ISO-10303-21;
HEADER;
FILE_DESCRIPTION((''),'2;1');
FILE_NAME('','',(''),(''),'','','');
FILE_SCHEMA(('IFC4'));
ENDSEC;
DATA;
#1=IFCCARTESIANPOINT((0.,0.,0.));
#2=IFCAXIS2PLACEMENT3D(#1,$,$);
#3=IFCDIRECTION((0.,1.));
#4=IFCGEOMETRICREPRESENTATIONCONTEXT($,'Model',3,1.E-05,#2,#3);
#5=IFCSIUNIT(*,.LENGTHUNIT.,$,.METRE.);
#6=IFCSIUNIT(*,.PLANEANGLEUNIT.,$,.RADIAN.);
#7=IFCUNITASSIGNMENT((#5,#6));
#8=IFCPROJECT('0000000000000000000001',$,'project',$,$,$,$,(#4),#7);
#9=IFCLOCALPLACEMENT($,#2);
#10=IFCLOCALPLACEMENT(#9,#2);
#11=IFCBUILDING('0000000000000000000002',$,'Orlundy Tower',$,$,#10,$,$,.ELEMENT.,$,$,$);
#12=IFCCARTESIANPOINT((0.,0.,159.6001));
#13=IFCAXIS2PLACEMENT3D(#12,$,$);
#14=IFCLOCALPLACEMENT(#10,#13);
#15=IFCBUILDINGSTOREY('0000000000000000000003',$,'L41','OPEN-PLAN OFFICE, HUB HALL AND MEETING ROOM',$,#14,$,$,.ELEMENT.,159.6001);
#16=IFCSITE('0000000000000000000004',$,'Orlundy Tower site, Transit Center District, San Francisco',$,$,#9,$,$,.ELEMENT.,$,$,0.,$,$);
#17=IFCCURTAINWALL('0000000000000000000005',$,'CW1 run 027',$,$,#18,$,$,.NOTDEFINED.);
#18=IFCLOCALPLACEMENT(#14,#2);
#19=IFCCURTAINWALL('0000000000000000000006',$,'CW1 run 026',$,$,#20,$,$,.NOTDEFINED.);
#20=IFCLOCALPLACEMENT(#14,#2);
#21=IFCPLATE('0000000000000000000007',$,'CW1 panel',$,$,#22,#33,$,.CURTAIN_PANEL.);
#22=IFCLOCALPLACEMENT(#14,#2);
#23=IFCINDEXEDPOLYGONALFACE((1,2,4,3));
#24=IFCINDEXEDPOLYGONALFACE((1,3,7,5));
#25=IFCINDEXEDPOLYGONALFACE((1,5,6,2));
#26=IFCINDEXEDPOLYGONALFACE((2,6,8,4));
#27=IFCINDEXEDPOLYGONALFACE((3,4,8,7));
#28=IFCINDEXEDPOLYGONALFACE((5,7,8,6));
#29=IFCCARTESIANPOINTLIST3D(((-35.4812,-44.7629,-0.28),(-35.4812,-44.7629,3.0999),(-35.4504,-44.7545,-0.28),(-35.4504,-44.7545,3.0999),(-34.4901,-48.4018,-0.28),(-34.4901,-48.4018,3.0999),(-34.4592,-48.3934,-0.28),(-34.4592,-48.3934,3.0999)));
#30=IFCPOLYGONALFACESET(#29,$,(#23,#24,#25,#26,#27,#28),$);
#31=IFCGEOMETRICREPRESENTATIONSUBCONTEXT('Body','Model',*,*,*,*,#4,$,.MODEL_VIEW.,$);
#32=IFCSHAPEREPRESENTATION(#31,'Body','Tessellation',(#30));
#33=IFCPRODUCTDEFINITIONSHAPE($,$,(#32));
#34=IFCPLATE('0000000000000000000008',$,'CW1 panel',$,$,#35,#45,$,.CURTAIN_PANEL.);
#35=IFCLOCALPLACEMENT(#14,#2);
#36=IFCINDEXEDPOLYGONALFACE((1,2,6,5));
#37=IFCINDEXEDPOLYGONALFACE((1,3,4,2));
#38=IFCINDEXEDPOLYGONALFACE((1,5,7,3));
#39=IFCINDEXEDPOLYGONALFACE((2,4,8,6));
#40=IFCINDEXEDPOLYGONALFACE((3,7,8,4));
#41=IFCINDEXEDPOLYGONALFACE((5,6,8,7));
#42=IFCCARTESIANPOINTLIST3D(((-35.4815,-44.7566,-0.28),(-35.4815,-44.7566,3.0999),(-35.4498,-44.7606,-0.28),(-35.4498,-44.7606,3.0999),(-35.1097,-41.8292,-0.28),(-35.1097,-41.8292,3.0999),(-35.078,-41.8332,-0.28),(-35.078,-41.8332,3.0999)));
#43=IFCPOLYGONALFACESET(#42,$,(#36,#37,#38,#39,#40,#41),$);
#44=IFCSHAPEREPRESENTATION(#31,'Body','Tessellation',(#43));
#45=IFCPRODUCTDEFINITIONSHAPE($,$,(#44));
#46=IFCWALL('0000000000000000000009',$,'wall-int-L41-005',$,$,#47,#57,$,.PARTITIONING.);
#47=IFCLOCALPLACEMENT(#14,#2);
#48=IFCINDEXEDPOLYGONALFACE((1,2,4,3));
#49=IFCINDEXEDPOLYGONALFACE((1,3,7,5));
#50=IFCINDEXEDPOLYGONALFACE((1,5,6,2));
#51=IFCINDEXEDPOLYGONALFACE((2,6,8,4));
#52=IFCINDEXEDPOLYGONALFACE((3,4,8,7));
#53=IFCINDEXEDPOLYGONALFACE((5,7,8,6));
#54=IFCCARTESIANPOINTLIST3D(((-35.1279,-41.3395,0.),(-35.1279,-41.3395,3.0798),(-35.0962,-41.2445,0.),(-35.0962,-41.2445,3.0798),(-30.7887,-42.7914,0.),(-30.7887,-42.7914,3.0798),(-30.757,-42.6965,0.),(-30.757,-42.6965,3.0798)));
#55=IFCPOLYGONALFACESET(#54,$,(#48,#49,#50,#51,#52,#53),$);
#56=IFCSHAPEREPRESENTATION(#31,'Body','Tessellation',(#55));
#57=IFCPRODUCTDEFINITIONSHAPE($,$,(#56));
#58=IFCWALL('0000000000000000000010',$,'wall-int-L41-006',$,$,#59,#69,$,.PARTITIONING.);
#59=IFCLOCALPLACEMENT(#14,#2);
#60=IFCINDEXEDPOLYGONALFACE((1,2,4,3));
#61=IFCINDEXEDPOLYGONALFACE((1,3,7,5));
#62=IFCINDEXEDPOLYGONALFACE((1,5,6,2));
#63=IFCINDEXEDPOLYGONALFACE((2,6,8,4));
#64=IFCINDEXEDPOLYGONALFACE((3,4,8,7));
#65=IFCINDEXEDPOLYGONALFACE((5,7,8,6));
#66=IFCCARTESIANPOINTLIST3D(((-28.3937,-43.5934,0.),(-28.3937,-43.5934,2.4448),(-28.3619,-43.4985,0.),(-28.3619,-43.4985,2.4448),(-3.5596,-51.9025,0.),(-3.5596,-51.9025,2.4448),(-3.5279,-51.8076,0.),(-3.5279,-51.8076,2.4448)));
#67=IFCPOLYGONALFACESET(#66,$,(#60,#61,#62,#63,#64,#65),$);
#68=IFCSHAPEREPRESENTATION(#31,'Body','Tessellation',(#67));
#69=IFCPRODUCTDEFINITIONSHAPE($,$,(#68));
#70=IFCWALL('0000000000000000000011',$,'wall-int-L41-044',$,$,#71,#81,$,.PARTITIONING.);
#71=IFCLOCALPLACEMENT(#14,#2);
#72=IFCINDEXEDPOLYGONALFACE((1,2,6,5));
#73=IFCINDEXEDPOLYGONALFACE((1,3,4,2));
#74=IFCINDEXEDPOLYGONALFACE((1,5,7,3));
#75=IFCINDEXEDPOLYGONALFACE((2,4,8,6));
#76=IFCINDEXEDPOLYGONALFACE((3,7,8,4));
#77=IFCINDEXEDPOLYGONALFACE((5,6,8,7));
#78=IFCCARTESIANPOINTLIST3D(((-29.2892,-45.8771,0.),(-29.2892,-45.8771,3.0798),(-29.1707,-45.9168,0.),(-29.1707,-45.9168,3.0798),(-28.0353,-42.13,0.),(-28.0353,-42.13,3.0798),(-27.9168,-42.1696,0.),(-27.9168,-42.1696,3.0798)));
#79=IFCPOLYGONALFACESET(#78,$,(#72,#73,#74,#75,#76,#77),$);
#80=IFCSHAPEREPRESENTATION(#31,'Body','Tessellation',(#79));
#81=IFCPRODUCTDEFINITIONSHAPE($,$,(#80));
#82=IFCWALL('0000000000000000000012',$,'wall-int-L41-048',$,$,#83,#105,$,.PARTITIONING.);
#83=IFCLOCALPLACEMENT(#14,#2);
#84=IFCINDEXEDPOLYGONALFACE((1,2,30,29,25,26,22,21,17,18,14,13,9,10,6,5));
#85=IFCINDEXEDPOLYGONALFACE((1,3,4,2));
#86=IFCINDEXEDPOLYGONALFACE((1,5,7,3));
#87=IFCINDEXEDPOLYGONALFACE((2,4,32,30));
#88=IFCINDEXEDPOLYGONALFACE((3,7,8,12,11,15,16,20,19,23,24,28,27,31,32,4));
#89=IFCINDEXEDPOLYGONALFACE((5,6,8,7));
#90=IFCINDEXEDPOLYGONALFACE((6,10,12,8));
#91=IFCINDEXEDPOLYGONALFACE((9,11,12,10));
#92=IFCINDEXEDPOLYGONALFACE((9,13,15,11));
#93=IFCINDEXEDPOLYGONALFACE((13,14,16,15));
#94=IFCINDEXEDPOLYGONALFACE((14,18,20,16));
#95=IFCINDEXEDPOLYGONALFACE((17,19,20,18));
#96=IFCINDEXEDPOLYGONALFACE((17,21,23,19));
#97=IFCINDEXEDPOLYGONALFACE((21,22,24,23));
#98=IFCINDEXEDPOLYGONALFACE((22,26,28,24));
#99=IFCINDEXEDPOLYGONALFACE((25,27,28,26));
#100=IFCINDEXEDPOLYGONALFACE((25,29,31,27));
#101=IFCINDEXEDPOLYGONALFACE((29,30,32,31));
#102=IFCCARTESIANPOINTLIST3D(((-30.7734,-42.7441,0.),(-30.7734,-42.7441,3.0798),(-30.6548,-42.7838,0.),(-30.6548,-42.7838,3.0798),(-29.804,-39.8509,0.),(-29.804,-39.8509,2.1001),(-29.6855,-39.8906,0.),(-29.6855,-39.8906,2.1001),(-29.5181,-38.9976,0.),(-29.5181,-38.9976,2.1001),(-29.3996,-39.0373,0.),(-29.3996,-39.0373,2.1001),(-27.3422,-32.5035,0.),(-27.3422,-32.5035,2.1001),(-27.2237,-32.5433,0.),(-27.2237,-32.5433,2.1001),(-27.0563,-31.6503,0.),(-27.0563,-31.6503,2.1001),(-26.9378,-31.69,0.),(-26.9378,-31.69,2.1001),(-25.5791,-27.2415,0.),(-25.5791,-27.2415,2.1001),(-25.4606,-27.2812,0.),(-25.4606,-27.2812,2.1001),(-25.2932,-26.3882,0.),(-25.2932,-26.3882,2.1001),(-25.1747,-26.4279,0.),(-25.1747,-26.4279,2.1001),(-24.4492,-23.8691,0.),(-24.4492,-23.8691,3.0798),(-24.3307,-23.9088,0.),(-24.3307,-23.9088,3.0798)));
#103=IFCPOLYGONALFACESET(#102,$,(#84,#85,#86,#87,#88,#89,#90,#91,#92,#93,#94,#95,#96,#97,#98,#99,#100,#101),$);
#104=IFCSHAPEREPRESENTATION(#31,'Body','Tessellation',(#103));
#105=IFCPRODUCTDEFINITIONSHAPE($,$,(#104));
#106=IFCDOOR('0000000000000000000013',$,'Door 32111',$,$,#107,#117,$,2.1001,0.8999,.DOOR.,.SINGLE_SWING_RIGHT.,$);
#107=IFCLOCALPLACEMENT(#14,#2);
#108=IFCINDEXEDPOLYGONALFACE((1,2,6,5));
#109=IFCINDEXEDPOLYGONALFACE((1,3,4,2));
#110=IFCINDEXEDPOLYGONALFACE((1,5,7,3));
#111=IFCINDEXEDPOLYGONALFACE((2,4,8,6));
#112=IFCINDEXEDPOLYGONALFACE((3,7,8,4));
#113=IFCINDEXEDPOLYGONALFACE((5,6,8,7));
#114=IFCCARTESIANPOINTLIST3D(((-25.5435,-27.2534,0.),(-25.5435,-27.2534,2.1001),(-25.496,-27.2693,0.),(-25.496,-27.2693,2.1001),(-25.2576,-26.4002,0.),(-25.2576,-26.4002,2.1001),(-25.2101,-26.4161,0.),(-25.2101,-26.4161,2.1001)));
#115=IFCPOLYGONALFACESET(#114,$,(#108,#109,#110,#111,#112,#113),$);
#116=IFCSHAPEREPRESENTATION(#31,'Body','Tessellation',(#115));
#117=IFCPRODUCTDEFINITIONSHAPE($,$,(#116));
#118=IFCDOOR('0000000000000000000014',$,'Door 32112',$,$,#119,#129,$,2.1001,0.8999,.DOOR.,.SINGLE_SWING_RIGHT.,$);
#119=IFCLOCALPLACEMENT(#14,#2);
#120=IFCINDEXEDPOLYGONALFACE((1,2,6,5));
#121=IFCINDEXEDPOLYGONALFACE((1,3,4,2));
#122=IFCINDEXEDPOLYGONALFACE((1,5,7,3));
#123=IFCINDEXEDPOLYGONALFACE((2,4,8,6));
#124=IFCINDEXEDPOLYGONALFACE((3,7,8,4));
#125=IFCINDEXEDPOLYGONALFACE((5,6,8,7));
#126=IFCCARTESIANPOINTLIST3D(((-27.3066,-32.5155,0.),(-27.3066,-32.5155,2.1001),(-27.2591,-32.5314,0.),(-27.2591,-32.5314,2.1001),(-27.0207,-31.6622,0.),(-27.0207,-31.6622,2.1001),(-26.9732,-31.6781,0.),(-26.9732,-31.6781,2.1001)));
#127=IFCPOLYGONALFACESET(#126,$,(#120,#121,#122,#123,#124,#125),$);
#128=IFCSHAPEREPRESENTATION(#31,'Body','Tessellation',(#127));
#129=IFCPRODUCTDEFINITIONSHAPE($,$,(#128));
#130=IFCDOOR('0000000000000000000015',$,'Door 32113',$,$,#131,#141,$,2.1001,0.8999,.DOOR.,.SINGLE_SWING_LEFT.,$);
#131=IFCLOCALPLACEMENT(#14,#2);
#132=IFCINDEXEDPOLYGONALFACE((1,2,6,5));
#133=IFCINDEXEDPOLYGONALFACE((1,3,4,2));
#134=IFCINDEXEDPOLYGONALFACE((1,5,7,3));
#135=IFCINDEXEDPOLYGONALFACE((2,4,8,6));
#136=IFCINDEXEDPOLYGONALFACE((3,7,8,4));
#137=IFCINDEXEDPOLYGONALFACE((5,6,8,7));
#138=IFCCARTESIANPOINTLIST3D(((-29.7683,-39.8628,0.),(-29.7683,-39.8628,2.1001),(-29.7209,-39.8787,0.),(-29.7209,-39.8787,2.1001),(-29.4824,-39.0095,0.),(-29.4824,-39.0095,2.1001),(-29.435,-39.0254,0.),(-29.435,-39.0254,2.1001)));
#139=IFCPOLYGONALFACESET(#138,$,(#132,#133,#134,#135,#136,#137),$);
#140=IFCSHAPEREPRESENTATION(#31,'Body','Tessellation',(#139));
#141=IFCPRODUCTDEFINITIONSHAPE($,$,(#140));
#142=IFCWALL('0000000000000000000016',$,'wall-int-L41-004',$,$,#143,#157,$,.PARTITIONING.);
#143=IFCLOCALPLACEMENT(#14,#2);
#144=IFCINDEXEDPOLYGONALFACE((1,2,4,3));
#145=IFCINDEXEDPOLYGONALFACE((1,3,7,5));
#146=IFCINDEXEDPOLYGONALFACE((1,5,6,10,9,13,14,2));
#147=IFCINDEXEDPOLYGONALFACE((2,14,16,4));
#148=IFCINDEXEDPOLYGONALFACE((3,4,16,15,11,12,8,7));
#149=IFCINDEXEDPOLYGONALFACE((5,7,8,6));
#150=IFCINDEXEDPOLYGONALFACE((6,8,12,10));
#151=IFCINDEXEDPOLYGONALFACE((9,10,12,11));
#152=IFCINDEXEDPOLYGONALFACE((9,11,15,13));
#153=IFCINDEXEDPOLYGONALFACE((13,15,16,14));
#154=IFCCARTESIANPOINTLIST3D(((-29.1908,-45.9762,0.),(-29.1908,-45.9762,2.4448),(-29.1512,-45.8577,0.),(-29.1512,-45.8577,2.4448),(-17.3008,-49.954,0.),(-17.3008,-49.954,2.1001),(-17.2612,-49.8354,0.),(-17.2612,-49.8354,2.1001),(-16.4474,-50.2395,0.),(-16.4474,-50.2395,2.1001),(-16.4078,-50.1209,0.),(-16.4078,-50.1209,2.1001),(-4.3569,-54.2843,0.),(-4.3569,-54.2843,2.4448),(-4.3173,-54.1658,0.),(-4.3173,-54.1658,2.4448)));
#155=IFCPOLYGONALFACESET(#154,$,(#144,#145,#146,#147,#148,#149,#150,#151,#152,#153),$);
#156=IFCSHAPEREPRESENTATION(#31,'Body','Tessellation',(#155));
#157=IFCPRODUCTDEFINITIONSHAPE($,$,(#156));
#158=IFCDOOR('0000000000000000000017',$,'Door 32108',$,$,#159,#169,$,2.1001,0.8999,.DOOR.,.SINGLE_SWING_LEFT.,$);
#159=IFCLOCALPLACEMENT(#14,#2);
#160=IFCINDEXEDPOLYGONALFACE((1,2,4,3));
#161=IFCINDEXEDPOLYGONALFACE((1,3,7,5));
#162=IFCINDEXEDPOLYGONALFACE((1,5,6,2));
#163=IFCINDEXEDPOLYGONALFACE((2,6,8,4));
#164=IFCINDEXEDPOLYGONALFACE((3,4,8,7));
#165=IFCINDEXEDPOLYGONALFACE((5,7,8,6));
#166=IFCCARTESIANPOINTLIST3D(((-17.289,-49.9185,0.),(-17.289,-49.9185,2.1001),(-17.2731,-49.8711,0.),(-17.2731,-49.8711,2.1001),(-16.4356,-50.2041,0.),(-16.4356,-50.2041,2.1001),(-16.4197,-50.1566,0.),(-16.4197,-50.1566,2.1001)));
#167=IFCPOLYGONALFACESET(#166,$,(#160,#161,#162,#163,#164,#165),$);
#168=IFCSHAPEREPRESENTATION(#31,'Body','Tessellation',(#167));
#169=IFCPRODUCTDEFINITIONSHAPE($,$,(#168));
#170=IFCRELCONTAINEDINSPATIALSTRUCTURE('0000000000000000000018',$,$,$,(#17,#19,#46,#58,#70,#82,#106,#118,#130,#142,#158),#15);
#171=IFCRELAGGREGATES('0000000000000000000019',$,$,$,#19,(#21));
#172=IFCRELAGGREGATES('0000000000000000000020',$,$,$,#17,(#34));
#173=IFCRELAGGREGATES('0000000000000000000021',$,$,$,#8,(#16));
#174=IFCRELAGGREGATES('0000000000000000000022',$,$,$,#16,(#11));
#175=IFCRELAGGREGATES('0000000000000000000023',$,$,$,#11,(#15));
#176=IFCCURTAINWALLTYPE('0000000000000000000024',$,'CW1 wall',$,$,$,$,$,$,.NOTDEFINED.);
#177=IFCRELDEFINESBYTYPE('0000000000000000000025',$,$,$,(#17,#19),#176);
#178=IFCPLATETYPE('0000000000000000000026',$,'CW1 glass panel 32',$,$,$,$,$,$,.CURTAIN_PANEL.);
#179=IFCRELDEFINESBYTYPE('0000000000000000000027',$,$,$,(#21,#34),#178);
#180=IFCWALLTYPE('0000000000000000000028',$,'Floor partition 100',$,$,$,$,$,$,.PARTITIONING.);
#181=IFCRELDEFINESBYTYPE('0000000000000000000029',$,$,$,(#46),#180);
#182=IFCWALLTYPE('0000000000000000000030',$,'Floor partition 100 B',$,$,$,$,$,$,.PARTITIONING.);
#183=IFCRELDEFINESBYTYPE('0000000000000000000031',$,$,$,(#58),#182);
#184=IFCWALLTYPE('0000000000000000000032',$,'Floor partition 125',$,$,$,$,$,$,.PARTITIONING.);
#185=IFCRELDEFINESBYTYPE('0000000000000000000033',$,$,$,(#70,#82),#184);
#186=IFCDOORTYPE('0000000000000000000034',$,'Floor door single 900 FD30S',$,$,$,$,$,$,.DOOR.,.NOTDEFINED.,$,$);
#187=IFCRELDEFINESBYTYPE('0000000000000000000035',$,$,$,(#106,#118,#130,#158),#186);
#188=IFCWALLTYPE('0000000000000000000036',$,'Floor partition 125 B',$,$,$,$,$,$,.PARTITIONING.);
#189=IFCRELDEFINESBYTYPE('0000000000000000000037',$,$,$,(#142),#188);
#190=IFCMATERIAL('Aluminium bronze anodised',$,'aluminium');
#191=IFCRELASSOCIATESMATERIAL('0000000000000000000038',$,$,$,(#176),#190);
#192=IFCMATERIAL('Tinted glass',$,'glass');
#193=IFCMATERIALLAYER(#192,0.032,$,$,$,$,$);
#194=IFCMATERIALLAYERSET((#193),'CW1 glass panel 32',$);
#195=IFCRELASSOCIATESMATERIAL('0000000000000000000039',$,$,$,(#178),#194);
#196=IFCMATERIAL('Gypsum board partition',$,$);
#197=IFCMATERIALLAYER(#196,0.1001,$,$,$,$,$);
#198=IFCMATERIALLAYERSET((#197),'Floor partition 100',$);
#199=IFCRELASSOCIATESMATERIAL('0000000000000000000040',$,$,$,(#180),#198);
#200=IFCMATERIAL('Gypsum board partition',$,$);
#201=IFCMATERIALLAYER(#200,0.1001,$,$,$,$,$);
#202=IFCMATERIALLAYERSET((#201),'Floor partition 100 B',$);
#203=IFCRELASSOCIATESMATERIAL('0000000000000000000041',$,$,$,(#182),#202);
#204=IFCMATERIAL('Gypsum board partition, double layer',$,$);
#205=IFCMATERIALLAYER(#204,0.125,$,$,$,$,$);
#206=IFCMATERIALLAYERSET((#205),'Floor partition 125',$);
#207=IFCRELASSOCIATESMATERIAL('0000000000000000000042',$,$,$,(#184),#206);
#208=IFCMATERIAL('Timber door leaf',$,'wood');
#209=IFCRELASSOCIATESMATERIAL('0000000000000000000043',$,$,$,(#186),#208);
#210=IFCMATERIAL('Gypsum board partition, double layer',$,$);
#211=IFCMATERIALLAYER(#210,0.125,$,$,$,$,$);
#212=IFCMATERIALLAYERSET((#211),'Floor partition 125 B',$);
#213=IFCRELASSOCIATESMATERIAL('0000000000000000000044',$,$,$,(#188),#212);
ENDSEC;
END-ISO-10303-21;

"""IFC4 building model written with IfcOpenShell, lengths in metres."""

from ifc_helpers import new_model, si_unit, direction, frame, frame_2d, origin, origin_2d, place, context, subcontext, project, spatial, rectangle, extrude, material, layer, layer_set, type_object, element, fill, aggregate, save


model = new_model("IFC4")

# Units and contexts
model_context = context("Model", 3, precision=1e-05, world=origin(), true_north=direction((0.0, 1.0)))
body_context = subcontext(model_context, "Body", "Model", "MODEL_VIEW")
ifc_project = project(units=[si_unit("LENGTHUNIT", "METRE"), si_unit("PLANEANGLEUNIT", "RADIAN")], contexts=[model_context])

# Site, building, storey
site_placement = place(None, origin())
site = spatial("IfcSite", under=ifc_project, at=site_placement, Name="Orlundy Tower site, Transit Center District, San Francisco", CompositionType="ELEMENT", RefElevation=0.0)
building_placement = place(site_placement, origin())
building = spatial("IfcBuilding", under=site, at=building_placement, Name="Orlundy Tower", CompositionType="ELEMENT")
storey_placement = place(building_placement, frame((0.0, 0.0, 159.6001)))
storey = spatial("IfcBuildingStorey", under=building, at=storey_placement, Name="L41", Description="OPEN-PLAN OFFICE, HUB HALL AND MEETING ROOM", CompositionType="ELEMENT", Elevation=159.6001)

# Curtain wall
ifc_material_1 = material(Name="Aluminium bronze anodised", Category="aluminium")
curtain_wall_type = type_object("IfcCurtainWallType", Name="CW1 wall", PredefinedType="NOTDEFINED", material=ifc_material_1)
curtain_wall_1_placement = place(storey_placement, origin())
curtain_wall_1 = element("IfcCurtainWall", 1, at=curtain_wall_1_placement, inside=storey, type_object=curtain_wall_type, Name="CW1 run 027", PredefinedType="NOTDEFINED")

# Curtain wall
curtain_wall_2_placement = place(storey_placement, origin())
curtain_wall_2 = element("IfcCurtainWall", 2, at=curtain_wall_2_placement, inside=storey, type_object=curtain_wall_type, Name="CW1 run 026", PredefinedType="NOTDEFINED")

# Plates
ifc_material_2 = material(Name="Tinted glass", Category="glass")
ifc_layer_1 = layer(ifc_material_2, 0.032)
ifc_layer_set_1 = layer_set([ifc_layer_1], Name="CW1 glass panel 32")
plate_type = type_object("IfcPlateType", Name="CW1 glass panel 32", PredefinedType="CURTAIN_PANEL", material=ifc_layer_set_1)
plate_1_placement = place(storey_placement, frame((-34.9702, -46.5781, -0.28), z_axis=(0.0, 0.0, 1.0), x_axis=(-0.262798, 0.964851, 0.0)))
plate_1 = element("IfcPlate", 3, at=plate_1_placement, type_object=plate_type, Name="CW1 panel", PredefinedType="CURTAIN_PANEL", context=body_context, shape_type="SweptSolid", body=[
    extrude(rectangle(XDim=3.7715, YDim=0.032, at=origin_2d()), origin(), (0.0, 0.0, 1.0), 3.3799),
])
aggregate(curtain_wall_2, [plate_1])
plate_2_placement = place(storey_placement, frame((-35.2798, -43.2949, -0.28), z_axis=(0.0, 0.0, 1.0), x_axis=(0.125994, 0.992031, 0.0)))
plate_2 = element("IfcPlate", 4, at=plate_2_placement, type_object=plate_type, Name="CW1 panel", PredefinedType="CURTAIN_PANEL", context=body_context, shape_type="SweptSolid", body=[
    extrude(rectangle(XDim=2.9509, YDim=0.032, at=origin_2d()), origin(), (0.0, 0.0, 1.0), 3.3799),
])
aggregate(curtain_wall_1, [plate_2])

# Walls
ifc_material_3 = material(Name="Gypsum board partition")
ifc_layer_2 = layer(ifc_material_3, 0.1001)
ifc_layer_set_2 = layer_set([ifc_layer_2], Name="Floor partition 100")
wall_type_1 = type_object("IfcWallType", Name="Floor partition 100", PredefinedType="PARTITIONING", material=ifc_layer_set_2)
wall_1_placement = place(storey_placement, frame((-35.1121, -41.292, 0.0), z_axis=(0.0, 0.0, 1.0), x_axis=(0.94832, -0.317316, 0.0)))
element("IfcWall", 5, at=wall_1_placement, inside=storey, type_object=wall_type_1, Name="wall-int-L41-005", PredefinedType="PARTITIONING", context=body_context, shape_type="SweptSolid", body=[
    extrude(rectangle(XDim=4.5757, YDim=0.1001, at=frame_2d((2.2878, 0.0))), origin(), (0.0, 0.0, 1.0), 3.0798),
])
ifc_material_4 = material(Name="Gypsum board partition")
ifc_layer_3 = layer(ifc_material_4, 0.1001)
ifc_layer_set_3 = layer_set([ifc_layer_3], Name="Floor partition 100 B")
wall_type_2 = type_object("IfcWallType", Name="Floor partition 100 B", PredefinedType="PARTITIONING", material=ifc_layer_set_3)
wall_2_placement = place(storey_placement, frame((-28.3779, -43.5459, 0.0), z_axis=(0.0, 0.0, 1.0), x_axis=(0.948327, -0.317296, 0.0)))
element("IfcWall", 6, at=wall_2_placement, inside=storey, type_object=wall_type_2, Name="wall-int-L41-006", PredefinedType="PARTITIONING", context=body_context, shape_type="SweptSolid", body=[
    extrude(rectangle(XDim=26.1873, YDim=0.1001, at=frame_2d((13.0938, 0.0))), origin(), (0.0, 0.0, 1.0), 2.4448),
])
ifc_material_5 = material(Name="Gypsum board partition, double layer")
ifc_layer_4 = layer(ifc_material_5, 0.125)
ifc_layer_set_4 = layer_set([ifc_layer_4], Name="Floor partition 125")
wall_type_3 = type_object("IfcWallType", Name="Floor partition 125", PredefinedType="PARTITIONING", material=ifc_layer_set_4)
wall_3_placement = place(storey_placement, frame((-27.9761, -42.1499, 0.0), z_axis=(0.0, 0.0, 1.0), x_axis=(-0.31734, -0.948312, 0.0)))
element("IfcWall", 7, at=wall_3_placement, inside=storey, type_object=wall_type_3, Name="wall-int-L41-044", PredefinedType="PARTITIONING", context=body_context, shape_type="SweptSolid", body=[
    extrude(rectangle(XDim=3.9514, YDim=0.125, at=frame_2d((1.9756, 0.0))), origin(), (0.0, 0.0, 1.0), 3.0798),
])

# Wall, openings, doors
wall_4_placement = place(storey_placement, frame((-30.7141, -42.7639, 0.0), z_axis=(0.0, 0.0, 1.0), x_axis=(0.317699, 0.948192, 0.0)))
wall_4 = element("IfcWall", 8, at=wall_4_placement, inside=storey, type_object=wall_type_3, Name="wall-int-L41-048", PredefinedType="PARTITIONING", context=body_context, shape_type="SweptSolid", body=[
    extrude(rectangle(XDim=19.9062, YDim=0.125, at=frame_2d((9.9531, 0.0))), origin(), (0.0, 0.0, 1.0), 3.0798),
])
opening_1_placement = place(wall_4_placement, frame((16.3496, 0.0, 0.0)))
opening_1 = element("IfcOpeningElement", 9, at=opening_1_placement, cuts=wall_4, PredefinedType="OPENING", context=body_context, shape_type="SweptSolid", body=[
    extrude(rectangle(XDim=0.8999, YDim=2.1001, at=frame_2d((0.45, 1.05))), frame((0.0, 0.0725, 0.0), z_axis=(0.0, -1.0, 0.0), x_axis=(1.0, 0.0, 0.0)), (0.0, 0.0, 1.0), 0.145),
])
opening_2_placement = place(wall_4_placement, frame((10.8, 0.0, 0.0)))
opening_2 = element("IfcOpeningElement", 10, at=opening_2_placement, cuts=wall_4, PredefinedType="OPENING", context=body_context, shape_type="SweptSolid", body=[
    extrude(rectangle(XDim=0.8999, YDim=2.1001, at=frame_2d((0.45, 1.05))), frame((0.0, 0.0725, 0.0), z_axis=(0.0, -1.0, 0.0), x_axis=(1.0, 0.0, 0.0)), (0.0, 0.0, 1.0), 0.145),
])
opening_3_placement = place(wall_4_placement, frame((3.0513, 0.0, 0.0)))
opening_3 = element("IfcOpeningElement", 11, at=opening_3_placement, cuts=wall_4, PredefinedType="OPENING", context=body_context, shape_type="SweptSolid", body=[
    extrude(rectangle(XDim=0.8999, YDim=2.1001, at=frame_2d((0.45, 1.05))), frame((0.0, 0.0725, 0.0), z_axis=(0.0, -1.0, 0.0), x_axis=(1.0, 0.0, 0.0)), (0.0, 0.0, 1.0), 0.145),
])
ifc_material_6 = material(Name="Timber door leaf", Category="wood")
door_type = type_object("IfcDoorType", Name="Floor door single 900 FD30S", OperationType="NOTDEFINED", PredefinedType="DOOR", material=ifc_material_6)
door_1_placement = place(opening_1_placement, origin())
door_1 = element("IfcDoor", 12, at=door_1_placement, inside=storey, type_object=door_type, Name="Door 32111", OperationType="SINGLE_SWING_RIGHT", OverallHeight=2.1001, OverallWidth=0.8999, PredefinedType="DOOR", context=body_context, shape_type="SweptSolid", body=[
    extrude(rectangle(XDim=0.8999, YDim=2.1001, at=frame_2d((0.45, 1.05))), frame((0.0, 0.0249, 0.0), z_axis=(0.0, -1.0, 0.0), x_axis=(1.0, 0.0, 0.0)), (0.0, 0.0, 1.0), 0.05),
])
fill(opening_1, door_1)
door_2_placement = place(opening_2_placement, origin())
door_2 = element("IfcDoor", 13, at=door_2_placement, inside=storey, type_object=door_type, Name="Door 32112", OperationType="SINGLE_SWING_RIGHT", OverallHeight=2.1001, OverallWidth=0.8999, PredefinedType="DOOR", context=body_context, shape_type="SweptSolid", body=[
    extrude(rectangle(XDim=0.8999, YDim=2.1001, at=frame_2d((0.45, 1.05))), frame((0.0, 0.0249, 0.0), z_axis=(0.0, -1.0, 0.0), x_axis=(1.0, 0.0, 0.0)), (0.0, 0.0, 1.0), 0.05),
])
fill(opening_2, door_2)
door_3_placement = place(opening_3_placement, origin())
door_3 = element("IfcDoor", 14, at=door_3_placement, inside=storey, type_object=door_type, Name="Door 32113", OperationType="SINGLE_SWING_LEFT", OverallHeight=2.1001, OverallWidth=0.8999, PredefinedType="DOOR", context=body_context, shape_type="SweptSolid", body=[
    extrude(rectangle(XDim=0.8999, YDim=2.1001, at=frame_2d((0.45, 1.05))), frame((0.0, 0.0249, 0.0), z_axis=(0.0, -1.0, 0.0), x_axis=(1.0, 0.0, 0.0)), (0.0, 0.0, 1.0), 0.05),
])
fill(opening_3, door_3)

# Wall, opening, door
ifc_material_7 = material(Name="Gypsum board partition, double layer")
ifc_layer_5 = layer(ifc_material_7, 0.125)
ifc_layer_set_5 = layer_set([ifc_layer_5], Name="Floor partition 125 B")
wall_type_4 = type_object("IfcWallType", Name="Floor partition 125 B", PredefinedType="PARTITIONING", material=ifc_layer_set_5)
wall_5_placement = place(storey_placement, frame((-29.1709, -45.917, 0.0), z_axis=(0.0, 0.0, 1.0), x_axis=(0.948338, -0.317262, 0.0)))
wall_5 = element("IfcWall", 15, at=wall_5_placement, inside=storey, type_object=wall_type_4, Name="wall-int-L41-004", PredefinedType="PARTITIONING", context=body_context, shape_type="SweptSolid", body=[
    extrude(rectangle(XDim=26.1868, YDim=0.125, at=frame_2d((13.0933, 0.0))), origin(), (0.0, 0.0, 1.0), 2.4448),
])
opening_4_placement = place(wall_5_placement, frame((12.5376, 0.0, 0.0)))
opening_4 = element("IfcOpeningElement", 16, at=opening_4_placement, cuts=wall_5, PredefinedType="OPENING", context=body_context, shape_type="SweptSolid", body=[
    extrude(rectangle(XDim=0.8999, YDim=2.1001, at=frame_2d((0.45, 1.05))), frame((0.0, 0.0725, 0.0), z_axis=(0.0, -1.0, 0.0), x_axis=(1.0, 0.0, 0.0)), (0.0, 0.0, 1.0), 0.145),
])
door_4_placement = place(opening_4_placement, origin())
door_4 = element("IfcDoor", 17, at=door_4_placement, inside=storey, type_object=door_type, Name="Door 32108", OperationType="SINGLE_SWING_LEFT", OverallHeight=2.1001, OverallWidth=0.8999, PredefinedType="DOOR", context=body_context, shape_type="SweptSolid", body=[
    extrude(rectangle(XDim=0.8999, YDim=2.1001, at=frame_2d((0.45, 1.05))), frame((0.0, 0.0249, 0.0), z_axis=(0.0, -1.0, 0.0), x_axis=(1.0, 0.0, 0.0)), (0.0, 0.0, 1.0), 0.05),
])
fill(opening_4, door_4)

save(model, "model.ifc")
